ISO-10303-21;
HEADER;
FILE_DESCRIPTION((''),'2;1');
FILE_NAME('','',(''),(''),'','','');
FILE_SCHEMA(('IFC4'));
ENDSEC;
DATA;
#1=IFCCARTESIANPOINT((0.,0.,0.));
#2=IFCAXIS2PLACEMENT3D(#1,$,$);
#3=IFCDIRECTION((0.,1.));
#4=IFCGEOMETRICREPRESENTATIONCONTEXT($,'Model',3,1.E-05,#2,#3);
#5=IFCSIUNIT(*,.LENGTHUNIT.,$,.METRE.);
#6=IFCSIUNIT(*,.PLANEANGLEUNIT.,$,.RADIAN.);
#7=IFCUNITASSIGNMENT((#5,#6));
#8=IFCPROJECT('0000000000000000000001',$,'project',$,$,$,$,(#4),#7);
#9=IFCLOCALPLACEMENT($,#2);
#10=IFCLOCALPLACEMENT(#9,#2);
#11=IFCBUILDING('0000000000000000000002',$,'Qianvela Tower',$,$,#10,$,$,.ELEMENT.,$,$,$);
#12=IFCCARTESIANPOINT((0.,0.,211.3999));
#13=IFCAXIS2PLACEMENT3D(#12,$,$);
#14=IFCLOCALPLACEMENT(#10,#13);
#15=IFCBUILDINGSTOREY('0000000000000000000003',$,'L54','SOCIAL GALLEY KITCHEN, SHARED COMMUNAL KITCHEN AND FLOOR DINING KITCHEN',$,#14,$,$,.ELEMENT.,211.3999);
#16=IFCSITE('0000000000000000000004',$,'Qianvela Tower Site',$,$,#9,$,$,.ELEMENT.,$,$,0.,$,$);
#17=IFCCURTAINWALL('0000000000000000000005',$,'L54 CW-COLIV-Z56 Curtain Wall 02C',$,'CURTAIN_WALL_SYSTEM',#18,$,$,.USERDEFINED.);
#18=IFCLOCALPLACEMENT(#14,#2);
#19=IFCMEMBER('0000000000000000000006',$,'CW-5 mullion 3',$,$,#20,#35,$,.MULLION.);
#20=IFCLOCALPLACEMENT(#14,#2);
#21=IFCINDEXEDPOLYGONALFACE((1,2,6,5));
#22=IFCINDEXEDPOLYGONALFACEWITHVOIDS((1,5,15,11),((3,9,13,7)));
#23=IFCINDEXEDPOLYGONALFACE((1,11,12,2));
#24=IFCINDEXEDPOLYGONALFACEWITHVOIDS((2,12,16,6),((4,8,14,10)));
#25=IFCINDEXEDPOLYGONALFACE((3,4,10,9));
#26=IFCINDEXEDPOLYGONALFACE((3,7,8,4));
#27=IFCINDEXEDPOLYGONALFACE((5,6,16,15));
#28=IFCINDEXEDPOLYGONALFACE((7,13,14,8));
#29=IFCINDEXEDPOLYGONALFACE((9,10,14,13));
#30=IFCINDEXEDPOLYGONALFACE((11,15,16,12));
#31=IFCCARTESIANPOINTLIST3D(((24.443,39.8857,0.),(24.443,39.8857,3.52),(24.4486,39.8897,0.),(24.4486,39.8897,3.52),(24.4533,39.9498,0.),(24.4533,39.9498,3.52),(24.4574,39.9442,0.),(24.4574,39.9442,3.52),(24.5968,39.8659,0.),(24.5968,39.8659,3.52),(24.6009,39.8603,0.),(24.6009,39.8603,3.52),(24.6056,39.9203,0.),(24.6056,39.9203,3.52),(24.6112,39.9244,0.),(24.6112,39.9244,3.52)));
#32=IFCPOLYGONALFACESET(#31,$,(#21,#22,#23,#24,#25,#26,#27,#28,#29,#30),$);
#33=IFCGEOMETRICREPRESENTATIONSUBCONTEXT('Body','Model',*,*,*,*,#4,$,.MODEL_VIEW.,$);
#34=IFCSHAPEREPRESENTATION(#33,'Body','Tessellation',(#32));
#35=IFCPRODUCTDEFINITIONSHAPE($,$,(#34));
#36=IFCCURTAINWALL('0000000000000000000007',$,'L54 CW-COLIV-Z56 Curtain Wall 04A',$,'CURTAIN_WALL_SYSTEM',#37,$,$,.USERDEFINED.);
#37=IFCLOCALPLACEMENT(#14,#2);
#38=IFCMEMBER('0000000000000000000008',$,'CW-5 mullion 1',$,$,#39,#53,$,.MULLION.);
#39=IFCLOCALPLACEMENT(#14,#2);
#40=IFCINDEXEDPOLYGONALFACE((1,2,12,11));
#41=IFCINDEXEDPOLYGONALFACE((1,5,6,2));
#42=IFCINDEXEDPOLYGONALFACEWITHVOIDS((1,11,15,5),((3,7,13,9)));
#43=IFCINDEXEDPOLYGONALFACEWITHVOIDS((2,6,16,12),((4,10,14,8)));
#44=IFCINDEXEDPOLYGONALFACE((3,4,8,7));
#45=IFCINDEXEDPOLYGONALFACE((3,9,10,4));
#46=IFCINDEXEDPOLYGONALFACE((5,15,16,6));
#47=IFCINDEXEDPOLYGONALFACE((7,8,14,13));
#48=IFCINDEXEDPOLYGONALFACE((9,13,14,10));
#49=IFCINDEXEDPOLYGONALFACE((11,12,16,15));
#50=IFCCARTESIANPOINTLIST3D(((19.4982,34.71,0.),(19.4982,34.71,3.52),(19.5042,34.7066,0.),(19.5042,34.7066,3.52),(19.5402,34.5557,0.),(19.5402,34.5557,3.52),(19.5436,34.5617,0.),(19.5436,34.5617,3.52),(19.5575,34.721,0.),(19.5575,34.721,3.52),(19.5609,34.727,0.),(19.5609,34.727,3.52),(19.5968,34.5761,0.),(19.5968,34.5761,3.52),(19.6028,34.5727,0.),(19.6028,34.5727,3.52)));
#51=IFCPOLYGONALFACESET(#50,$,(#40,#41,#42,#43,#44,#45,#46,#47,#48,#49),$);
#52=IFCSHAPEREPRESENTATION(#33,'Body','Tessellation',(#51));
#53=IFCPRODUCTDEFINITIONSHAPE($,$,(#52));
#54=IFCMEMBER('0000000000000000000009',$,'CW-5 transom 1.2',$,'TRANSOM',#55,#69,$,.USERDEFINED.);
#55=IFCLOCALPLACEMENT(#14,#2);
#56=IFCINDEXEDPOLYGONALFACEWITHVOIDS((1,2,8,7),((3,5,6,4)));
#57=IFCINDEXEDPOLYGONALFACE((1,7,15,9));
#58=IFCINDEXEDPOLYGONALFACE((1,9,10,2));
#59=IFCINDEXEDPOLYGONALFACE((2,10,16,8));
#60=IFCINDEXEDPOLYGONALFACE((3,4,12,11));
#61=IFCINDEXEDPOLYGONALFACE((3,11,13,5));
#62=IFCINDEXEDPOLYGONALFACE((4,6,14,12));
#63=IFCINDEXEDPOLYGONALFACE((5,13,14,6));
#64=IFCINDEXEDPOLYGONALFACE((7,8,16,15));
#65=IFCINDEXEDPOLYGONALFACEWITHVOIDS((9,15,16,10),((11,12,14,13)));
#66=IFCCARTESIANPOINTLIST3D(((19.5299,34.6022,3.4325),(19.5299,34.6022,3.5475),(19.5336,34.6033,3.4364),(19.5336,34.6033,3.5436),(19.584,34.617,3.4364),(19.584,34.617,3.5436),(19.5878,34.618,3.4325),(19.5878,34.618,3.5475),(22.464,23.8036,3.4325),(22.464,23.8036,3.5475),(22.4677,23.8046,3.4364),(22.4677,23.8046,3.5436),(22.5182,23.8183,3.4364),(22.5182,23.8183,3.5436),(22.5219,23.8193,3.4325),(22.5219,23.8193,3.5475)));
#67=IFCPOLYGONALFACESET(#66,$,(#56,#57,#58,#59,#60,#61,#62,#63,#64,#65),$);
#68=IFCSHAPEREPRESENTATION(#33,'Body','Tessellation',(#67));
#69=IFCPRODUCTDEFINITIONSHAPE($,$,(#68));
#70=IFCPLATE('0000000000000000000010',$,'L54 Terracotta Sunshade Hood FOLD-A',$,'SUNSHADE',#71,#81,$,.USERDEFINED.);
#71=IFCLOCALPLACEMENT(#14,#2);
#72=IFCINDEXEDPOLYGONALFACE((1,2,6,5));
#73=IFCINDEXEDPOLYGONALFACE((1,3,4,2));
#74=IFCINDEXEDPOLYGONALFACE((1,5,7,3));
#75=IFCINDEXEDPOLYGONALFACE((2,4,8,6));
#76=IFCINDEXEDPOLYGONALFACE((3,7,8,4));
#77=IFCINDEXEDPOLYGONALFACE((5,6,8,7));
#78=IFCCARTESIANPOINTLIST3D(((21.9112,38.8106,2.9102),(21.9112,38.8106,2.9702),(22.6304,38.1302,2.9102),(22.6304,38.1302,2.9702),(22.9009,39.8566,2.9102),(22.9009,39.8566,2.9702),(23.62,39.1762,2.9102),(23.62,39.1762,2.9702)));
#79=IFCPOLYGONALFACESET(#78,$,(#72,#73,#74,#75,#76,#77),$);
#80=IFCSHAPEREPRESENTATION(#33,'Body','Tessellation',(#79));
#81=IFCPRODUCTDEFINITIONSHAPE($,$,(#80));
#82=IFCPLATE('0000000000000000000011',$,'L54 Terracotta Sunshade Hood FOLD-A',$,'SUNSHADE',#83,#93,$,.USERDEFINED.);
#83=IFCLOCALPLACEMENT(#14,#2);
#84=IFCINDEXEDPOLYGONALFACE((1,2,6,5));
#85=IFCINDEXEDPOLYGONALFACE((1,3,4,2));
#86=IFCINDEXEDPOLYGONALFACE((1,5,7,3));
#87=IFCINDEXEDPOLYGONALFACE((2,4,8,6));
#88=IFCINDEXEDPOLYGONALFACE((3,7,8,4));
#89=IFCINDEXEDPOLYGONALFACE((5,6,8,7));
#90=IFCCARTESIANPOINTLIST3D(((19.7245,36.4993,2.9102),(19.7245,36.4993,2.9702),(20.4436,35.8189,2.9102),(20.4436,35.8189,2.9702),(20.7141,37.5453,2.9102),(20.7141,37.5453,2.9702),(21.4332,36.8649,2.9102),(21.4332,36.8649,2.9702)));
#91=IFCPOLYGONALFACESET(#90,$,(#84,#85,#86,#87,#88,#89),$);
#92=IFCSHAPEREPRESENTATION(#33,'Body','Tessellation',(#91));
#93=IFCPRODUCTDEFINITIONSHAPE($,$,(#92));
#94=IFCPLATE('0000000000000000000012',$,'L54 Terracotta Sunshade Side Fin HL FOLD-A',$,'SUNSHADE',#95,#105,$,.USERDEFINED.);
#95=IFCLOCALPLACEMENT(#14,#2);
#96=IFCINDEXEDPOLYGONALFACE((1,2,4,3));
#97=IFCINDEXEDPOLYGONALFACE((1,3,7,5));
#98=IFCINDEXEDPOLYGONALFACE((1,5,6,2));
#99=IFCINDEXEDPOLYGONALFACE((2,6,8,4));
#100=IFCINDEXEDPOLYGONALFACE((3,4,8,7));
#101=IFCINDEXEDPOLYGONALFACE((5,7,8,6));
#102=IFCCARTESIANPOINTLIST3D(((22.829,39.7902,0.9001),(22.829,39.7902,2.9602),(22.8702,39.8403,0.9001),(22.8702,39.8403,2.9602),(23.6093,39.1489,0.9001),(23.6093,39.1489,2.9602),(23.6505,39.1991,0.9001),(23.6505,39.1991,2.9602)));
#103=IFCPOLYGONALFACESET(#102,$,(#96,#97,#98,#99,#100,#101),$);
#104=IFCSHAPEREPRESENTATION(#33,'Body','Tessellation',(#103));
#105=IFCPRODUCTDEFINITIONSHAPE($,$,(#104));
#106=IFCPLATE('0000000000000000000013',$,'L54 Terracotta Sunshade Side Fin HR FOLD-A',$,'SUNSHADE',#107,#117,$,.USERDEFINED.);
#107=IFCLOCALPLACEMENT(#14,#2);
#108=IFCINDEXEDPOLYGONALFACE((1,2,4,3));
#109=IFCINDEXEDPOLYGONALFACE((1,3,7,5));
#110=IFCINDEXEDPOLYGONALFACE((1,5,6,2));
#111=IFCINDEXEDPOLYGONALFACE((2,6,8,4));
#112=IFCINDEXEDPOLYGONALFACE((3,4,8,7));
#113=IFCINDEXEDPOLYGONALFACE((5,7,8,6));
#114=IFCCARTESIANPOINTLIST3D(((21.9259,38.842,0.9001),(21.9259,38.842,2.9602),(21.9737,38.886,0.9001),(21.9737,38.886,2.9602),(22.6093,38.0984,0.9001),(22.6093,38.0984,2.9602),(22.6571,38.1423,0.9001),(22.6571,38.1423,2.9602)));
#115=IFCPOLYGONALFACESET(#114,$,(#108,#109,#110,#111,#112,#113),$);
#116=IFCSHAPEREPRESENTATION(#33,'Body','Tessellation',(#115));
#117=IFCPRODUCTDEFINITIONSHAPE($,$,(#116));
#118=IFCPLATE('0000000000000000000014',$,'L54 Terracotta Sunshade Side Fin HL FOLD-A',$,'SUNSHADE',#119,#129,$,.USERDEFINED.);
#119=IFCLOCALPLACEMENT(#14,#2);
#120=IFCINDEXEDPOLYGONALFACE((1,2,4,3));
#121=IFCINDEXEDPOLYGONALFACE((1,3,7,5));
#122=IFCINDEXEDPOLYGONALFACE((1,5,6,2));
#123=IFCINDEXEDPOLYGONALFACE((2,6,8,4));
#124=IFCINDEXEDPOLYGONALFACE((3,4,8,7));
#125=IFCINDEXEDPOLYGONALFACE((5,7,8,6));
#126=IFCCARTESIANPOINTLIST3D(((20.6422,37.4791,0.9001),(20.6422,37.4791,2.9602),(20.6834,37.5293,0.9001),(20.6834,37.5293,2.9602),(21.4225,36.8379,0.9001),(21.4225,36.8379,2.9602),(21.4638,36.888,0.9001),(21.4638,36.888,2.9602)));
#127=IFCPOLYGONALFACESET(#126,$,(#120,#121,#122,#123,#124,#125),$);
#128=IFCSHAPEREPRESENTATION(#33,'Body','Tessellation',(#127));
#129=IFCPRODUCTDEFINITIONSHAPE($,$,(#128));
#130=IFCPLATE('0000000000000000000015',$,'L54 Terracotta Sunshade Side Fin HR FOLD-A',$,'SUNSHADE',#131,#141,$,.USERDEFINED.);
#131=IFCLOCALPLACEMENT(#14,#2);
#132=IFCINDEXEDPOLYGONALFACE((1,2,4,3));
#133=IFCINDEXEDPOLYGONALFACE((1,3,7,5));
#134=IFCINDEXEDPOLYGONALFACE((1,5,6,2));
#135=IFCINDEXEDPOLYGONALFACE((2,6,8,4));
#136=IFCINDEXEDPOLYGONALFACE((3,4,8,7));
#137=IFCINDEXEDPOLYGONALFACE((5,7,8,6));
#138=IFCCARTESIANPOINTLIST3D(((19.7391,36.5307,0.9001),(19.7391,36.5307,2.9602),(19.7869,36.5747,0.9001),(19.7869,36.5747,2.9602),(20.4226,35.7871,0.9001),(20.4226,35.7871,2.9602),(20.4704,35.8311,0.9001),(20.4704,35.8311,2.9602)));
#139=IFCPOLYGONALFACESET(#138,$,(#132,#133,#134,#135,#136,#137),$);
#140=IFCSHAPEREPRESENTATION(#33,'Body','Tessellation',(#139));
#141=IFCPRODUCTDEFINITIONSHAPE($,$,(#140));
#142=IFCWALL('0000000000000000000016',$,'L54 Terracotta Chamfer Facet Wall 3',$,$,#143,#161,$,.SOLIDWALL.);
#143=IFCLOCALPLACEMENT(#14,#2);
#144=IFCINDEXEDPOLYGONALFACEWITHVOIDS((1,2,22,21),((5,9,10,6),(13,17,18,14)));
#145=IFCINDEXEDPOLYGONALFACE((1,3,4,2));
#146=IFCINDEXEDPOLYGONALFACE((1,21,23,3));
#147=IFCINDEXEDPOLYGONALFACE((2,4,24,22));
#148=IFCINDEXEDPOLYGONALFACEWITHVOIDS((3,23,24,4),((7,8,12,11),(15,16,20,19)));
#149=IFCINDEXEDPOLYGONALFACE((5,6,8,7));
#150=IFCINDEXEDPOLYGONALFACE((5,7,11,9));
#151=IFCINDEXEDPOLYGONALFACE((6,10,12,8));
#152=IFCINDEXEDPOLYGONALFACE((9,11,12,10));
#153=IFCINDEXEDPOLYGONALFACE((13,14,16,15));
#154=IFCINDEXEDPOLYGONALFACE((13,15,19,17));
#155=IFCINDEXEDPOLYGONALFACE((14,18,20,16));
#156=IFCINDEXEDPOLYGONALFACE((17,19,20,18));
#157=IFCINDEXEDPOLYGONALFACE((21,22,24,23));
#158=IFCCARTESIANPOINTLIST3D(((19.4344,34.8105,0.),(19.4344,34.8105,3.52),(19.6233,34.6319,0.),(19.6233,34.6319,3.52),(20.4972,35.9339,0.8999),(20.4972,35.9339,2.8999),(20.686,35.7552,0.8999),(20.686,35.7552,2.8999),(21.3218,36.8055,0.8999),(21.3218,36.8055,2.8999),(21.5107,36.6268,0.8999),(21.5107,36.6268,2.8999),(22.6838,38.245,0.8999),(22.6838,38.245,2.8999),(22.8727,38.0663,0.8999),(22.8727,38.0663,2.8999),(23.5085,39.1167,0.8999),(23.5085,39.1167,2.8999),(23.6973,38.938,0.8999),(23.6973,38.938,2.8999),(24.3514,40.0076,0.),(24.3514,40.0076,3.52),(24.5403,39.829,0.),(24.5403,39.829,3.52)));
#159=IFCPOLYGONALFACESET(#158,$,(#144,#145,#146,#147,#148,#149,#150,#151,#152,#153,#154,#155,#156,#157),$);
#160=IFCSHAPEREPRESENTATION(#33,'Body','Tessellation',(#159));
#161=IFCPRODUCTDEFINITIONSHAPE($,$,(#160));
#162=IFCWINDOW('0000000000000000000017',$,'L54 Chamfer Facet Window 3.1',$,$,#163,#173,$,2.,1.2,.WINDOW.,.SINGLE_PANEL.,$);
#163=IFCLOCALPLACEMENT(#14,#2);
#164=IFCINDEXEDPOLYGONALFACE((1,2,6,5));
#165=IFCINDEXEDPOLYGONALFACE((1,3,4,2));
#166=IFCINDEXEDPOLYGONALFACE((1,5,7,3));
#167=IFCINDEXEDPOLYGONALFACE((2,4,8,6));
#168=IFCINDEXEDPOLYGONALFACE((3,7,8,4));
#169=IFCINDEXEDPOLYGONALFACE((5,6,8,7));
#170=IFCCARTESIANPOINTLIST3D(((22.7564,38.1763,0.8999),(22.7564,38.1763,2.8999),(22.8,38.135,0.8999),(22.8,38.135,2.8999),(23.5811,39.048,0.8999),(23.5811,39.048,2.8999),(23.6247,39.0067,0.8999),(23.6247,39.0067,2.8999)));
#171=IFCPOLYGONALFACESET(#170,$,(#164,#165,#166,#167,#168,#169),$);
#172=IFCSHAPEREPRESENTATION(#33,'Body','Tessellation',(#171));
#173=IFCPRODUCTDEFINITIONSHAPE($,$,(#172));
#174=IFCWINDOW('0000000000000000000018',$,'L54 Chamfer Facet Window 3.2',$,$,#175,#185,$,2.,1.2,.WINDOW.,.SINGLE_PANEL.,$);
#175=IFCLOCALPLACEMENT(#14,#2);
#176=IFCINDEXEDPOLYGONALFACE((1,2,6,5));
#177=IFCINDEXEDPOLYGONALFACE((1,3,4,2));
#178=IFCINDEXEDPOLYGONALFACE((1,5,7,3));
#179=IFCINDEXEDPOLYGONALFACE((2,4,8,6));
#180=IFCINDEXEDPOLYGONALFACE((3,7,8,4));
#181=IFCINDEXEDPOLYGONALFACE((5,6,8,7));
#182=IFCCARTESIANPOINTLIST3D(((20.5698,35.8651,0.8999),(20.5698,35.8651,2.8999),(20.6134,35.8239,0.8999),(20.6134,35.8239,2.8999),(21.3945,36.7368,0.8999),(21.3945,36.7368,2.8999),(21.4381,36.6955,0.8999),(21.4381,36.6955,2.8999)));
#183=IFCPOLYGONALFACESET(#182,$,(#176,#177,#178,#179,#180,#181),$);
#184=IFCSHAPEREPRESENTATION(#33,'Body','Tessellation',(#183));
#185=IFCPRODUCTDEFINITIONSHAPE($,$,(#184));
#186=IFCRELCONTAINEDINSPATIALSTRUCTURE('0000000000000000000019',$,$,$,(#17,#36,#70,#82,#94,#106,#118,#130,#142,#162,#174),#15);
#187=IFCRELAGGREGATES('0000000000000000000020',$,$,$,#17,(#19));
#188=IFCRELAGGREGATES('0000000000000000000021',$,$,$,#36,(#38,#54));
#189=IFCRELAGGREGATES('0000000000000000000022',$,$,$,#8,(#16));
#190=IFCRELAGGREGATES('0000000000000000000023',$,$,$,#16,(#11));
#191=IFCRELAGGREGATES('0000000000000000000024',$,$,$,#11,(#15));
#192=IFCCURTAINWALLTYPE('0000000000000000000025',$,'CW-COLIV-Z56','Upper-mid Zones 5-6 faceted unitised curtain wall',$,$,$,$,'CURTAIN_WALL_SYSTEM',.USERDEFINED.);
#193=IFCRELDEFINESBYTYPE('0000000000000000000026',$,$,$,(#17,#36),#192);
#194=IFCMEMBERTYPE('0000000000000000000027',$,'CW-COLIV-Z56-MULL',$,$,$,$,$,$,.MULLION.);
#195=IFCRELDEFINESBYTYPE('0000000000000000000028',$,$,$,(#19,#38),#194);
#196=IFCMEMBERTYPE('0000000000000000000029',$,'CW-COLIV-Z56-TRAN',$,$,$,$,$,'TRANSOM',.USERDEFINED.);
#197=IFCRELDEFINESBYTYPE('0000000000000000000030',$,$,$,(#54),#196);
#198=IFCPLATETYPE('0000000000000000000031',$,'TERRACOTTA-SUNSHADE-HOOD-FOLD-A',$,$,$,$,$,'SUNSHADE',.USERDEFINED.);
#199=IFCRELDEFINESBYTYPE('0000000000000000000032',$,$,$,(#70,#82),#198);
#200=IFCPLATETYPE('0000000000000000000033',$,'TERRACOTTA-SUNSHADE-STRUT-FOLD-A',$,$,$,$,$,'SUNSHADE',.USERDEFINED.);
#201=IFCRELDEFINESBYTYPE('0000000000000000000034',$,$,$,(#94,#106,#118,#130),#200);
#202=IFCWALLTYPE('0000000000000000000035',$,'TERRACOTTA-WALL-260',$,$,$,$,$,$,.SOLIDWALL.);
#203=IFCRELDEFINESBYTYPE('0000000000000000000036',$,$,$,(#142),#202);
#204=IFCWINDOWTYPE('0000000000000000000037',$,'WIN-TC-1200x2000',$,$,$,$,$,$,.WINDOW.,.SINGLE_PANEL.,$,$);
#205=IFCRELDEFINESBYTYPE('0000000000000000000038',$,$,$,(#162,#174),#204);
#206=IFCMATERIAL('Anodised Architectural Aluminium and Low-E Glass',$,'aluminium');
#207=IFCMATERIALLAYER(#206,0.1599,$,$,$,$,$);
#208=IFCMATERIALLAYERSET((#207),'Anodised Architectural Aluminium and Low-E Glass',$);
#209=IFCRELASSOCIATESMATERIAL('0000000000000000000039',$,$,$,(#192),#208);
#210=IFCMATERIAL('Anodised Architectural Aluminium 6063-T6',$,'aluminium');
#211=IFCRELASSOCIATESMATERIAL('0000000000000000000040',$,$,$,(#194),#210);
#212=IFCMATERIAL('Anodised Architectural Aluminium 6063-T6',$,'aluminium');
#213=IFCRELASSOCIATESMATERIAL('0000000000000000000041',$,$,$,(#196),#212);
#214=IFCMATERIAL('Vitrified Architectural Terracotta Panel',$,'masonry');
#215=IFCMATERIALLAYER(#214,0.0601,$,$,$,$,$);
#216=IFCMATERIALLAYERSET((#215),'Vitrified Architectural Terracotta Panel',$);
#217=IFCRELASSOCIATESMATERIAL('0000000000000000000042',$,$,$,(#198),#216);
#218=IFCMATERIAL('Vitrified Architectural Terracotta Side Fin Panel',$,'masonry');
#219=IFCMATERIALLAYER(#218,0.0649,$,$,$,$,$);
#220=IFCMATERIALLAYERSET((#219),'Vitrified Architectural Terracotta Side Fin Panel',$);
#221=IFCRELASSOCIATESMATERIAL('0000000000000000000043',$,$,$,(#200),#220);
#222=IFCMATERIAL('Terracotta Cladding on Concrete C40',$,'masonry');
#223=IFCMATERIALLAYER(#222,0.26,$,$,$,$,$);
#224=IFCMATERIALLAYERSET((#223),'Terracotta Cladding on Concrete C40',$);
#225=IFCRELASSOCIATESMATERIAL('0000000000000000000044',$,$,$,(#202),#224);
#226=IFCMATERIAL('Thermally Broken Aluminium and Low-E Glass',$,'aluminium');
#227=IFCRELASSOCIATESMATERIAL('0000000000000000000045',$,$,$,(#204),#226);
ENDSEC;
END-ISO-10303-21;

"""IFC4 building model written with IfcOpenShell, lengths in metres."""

from ifc_helpers import new_model, si_unit, direction, frame, frame_2d, origin, origin_2d, place, context, subcontext, project, spatial, rectangle, hollow_rectangle, extrude, material, layer, layer_set, material_profile, profile_set, type_object, element, fill, aggregate, save


model = new_model("IFC4")

# Units and contexts
model_context = context("Model", 3, precision=1e-05, world=origin(), true_north=direction((0.0, 1.0)))
body_context = subcontext(model_context, "Body", "Model", "MODEL_VIEW")
ifc_project = project(units=[si_unit("LENGTHUNIT", "METRE"), si_unit("PLANEANGLEUNIT", "RADIAN")], contexts=[model_context])

# Site, building, storey
site_placement = place(None, origin())
site = spatial("IfcSite", under=ifc_project, at=site_placement, Name="Qianvela Tower Site", CompositionType="ELEMENT", RefElevation=0.0)
building_placement = place(site_placement, origin())
building = spatial("IfcBuilding", under=site, at=building_placement, Name="Qianvela Tower", CompositionType="ELEMENT")
storey_placement = place(building_placement, frame((0.0, 0.0, 211.3999)))
storey = spatial("IfcBuildingStorey", under=building, at=storey_placement, Name="L54", Description="SOCIAL GALLEY KITCHEN, SHARED COMMUNAL KITCHEN AND FLOOR DINING KITCHEN", CompositionType="ELEMENT", Elevation=211.3999)

# Curtain wall, member
ifc_material_1 = material(Name="Anodised Architectural Aluminium and Low-E Glass", Category="aluminium")
ifc_layer_1 = layer(ifc_material_1, 0.1599)
ifc_layer_set_1 = layer_set([ifc_layer_1], Name="Anodised Architectural Aluminium and Low-E Glass")
curtain_wall_type = type_object("IfcCurtainWallType", Name="CW-COLIV-Z56", Description="Upper-mid Zones 5-6 faceted unitised curtain wall", ElementType="CURTAIN_WALL_SYSTEM", PredefinedType="USERDEFINED", material=ifc_layer_set_1)
curtain_wall_1_placement = place(storey_placement, origin())
curtain_wall_1 = element("IfcCurtainWall", 1, at=curtain_wall_1_placement, inside=storey, type_object=curtain_wall_type, Name="L54 CW-COLIV-Z56 Curtain Wall 02C", ObjectType="CURTAIN_WALL_SYSTEM", PredefinedType="USERDEFINED")
ifc_material_2 = material(Name="Anodised Architectural Aluminium 6063-T6", Category="aluminium")
ifc_material_profile_1 = material_profile(ifc_material_2, hollow_rectangle(XDim=0.0649, YDim=0.1599, WallThickness=0.0049, at=origin_2d()), Name="ALU-MULL-65x160")
ifc_profile_set_1 = profile_set([ifc_material_profile_1], Name="Anodised Architectural Aluminium 6063-T6")
member_type_1 = type_object("IfcMemberType", Name="CW-COLIV-Z56-MULL", PredefinedType="MULLION", material=ifc_profile_set_1)
member_1_placement = place(storey_placement, frame((24.5271, 39.905, 0.0), z_axis=(0.0, 0.0, 1.0), x_axis=(-0.159068, -0.987268, 0.0)))
member_1 = element("IfcMember", 2, at=member_1_placement, type_object=member_type_1, Name="CW-5 mullion 3", PredefinedType="MULLION", context=body_context, shape_type="SweptSolid", body=[
    extrude(hollow_rectangle(XDim=0.0649, YDim=0.1599, WallThickness=0.0049, at=origin_2d()), origin(), (0.0, 0.0, 1.0), 3.52),
])
aggregate(curtain_wall_1, [member_1])

# Curtain wall, members
curtain_wall_2_placement = place(storey_placement, origin())
curtain_wall_2 = element("IfcCurtainWall", 3, at=curtain_wall_2_placement, inside=storey, type_object=curtain_wall_type, Name="L54 CW-COLIV-Z56 Curtain Wall 04A", ObjectType="CURTAIN_WALL_SYSTEM", PredefinedType="USERDEFINED")
member_2_placement = place(storey_placement, frame((19.5505, 34.6414, 0.0), z_axis=(0.0, 0.0, 1.0), x_axis=(0.965016, 0.262193, 0.0)))
member_2 = element("IfcMember", 4, at=member_2_placement, type_object=member_type_1, Name="CW-5 mullion 1", PredefinedType="MULLION", context=body_context, shape_type="SweptSolid", body=[
    extrude(hollow_rectangle(XDim=0.0649, YDim=0.1599, WallThickness=0.0049, at=origin_2d()), origin(), (0.0, 0.0, 1.0), 3.52),
])
ifc_material_3 = material(Name="Anodised Architectural Aluminium 6063-T6", Category="aluminium")
ifc_material_profile_2 = material_profile(ifc_material_3, hollow_rectangle(XDim=0.0601, YDim=0.115, WallThickness=0.0039, at=origin_2d()), Name="ALU-TRAN-60x115")
ifc_profile_set_2 = profile_set([ifc_material_profile_2], Name="Anodised Architectural Aluminium 6063-T6")
member_type_2 = type_object("IfcMemberType", Name="CW-COLIV-Z56-TRAN", ElementType="TRANSOM", PredefinedType="USERDEFINED", material=ifc_profile_set_2)
member_3_placement = place(storey_placement, frame((19.5588, 34.6101, 3.49), z_axis=(0.262203, -0.965013, 0.0), x_axis=(0.965013, 0.262203, 0.0)))
member_3 = element("IfcMember", 5, at=member_3_placement, type_object=member_type_2, Name="CW-5 transom 1.2", ObjectType="TRANSOM", PredefinedType="USERDEFINED", context=body_context, shape_type="SweptSolid", body=[
    extrude(hollow_rectangle(XDim=0.0601, YDim=0.115, WallThickness=0.0039, at=origin_2d()), origin(), (0.0, 0.0, 1.0), 11.1902),
])
aggregate(curtain_wall_2, [member_2, member_3])

# Plates
ifc_material_4 = material(Name="Vitrified Architectural Terracotta Panel", Category="masonry")
ifc_layer_2 = layer(ifc_material_4, 0.0601)
ifc_layer_set_2 = layer_set([ifc_layer_2], Name="Vitrified Architectural Terracotta Panel")
plate_type_1 = type_object("IfcPlateType", Name="TERRACOTTA-SUNSHADE-HOOD-FOLD-A", ElementType="SUNSHADE", PredefinedType="USERDEFINED", material=ifc_layer_set_2)
for number, where, z_axis, x_axis, name in (
    (6, (22.7656, 38.9934, 2.9102), (0.0, 0.0, 1.0), (-0.68726, -0.726412, 0.0), "L54 Terracotta Sunshade Hood FOLD-A"),
    (7, (20.5789, 36.6821, 2.9102), (0.0, 0.0, 1.0), (-0.68726, -0.726412, 0.0), "L54 Terracotta Sunshade Hood FOLD-A"),
):
    element("IfcPlate", number, at=place(storey_placement, frame(where, z_axis=z_axis, x_axis=x_axis)), inside=storey, type_object=plate_type_1, Name=name, ObjectType="SUNSHADE", PredefinedType="USERDEFINED", context=body_context, shape_type="SweptSolid", body=[
        extrude(rectangle(XDim=1.4399, YDim=0.99, at=origin_2d()), origin(), (0.0, 0.0, 1.0), 0.0601),
    ])
ifc_material_5 = material(Name="Vitrified Architectural Terracotta Side Fin Panel", Category="masonry")
ifc_layer_3 = layer(ifc_material_5, 0.0649)
ifc_layer_set_3 = layer_set([ifc_layer_3], Name="Vitrified Architectural Terracotta Side Fin Panel")
plate_type_2 = type_object("IfcPlateType", Name="TERRACOTTA-SUNSHADE-STRUT-FOLD-A", ElementType="SUNSHADE", PredefinedType="USERDEFINED", material=ifc_layer_set_3)
for number, where, z_axis, x_axis, name in (
    (8, (23.2397, 39.4946, 0.9001), (0.0, 0.0, 1.0), (-0.634914, -0.772583, 0.0), "L54 Terracotta Sunshade Side Fin HL FOLD-A"),
    (9, (22.2915, 38.4922, 0.9001), (0.0, 0.0, 1.0), (-0.736258, -0.676701, 0.0), "L54 Terracotta Sunshade Side Fin HR FOLD-A"),
    (10, (21.053, 37.1836, 0.9001), (0.0, 0.0, 1.0), (-0.634914, -0.772583, 0.0), "L54 Terracotta Sunshade Side Fin HL FOLD-A"),
    (11, (20.1047, 36.1809, 0.9001), (0.0, 0.0, 1.0), (-0.736258, -0.676701, 0.0), "L54 Terracotta Sunshade Side Fin HR FOLD-A"),
):
    element("IfcPlate", number, at=place(storey_placement, frame(where, z_axis=z_axis, x_axis=x_axis)), inside=storey, type_object=plate_type_2, Name=name, ObjectType="SUNSHADE", PredefinedType="USERDEFINED", context=body_context, shape_type="SweptSolid", body=[
        extrude(rectangle(XDim=0.0649, YDim=1.01, at=origin_2d()), origin(), (0.0, 0.0, 1.0), 2.0601),
    ])

# Wall, openings, windows
ifc_material_6 = material(Name="Terracotta Cladding on Concrete C40", Category="masonry")
ifc_layer_4 = layer(ifc_material_6, 0.26)
ifc_layer_set_4 = layer_set([ifc_layer_4], Name="Terracotta Cladding on Concrete C40")
wall_type_1 = type_object("IfcWallType", Name="TERRACOTTA-WALL-260", PredefinedType="SOLIDWALL", material=ifc_layer_set_4)
wall_1_placement = place(storey_placement, frame((24.4458, 39.9182, 0.0), z_axis=(0.0, 0.0, 1.0), x_axis=(-0.687266, -0.726406, 0.0)))
wall_1 = element("IfcWall", 12, at=wall_1_placement, inside=storey, type_object=wall_type_1, Name="L54 Terracotta Chamfer Facet Wall 3", PredefinedType="SOLIDWALL", context=body_context, shape_type="SweptSolid", body=[
    extrude(rectangle(XDim=7.1545, YDim=0.26, at=frame_2d((3.5771, 0.0))), origin(), (0.0, 0.0, 1.0), 3.52),
])
opening_1_placement = place(wall_1_placement, frame((1.2263, 0.0, 0.8999)))
opening_1 = element("IfcOpeningElement", 13, at=opening_1_placement, cuts=wall_1, PredefinedType="OPENING", context=body_context, shape_type="SweptSolid", body=[
    extrude(rectangle(XDim=1.2, YDim=2.0, at=frame_2d((0.6001, 1.0))), frame((0.0, 0.1399, 0.0), z_axis=(0.0, -1.0, 0.0), x_axis=(1.0, 0.0, 0.0)), (0.0, 0.0, 1.0), 0.28),
])
opening_2_placement = place(wall_1_placement, frame((4.408, 0.0, 0.8999)))
opening_2 = element("IfcOpeningElement", 14, at=opening_2_placement, cuts=wall_1, PredefinedType="OPENING", context=body_context, shape_type="SweptSolid", body=[
    extrude(rectangle(XDim=1.2, YDim=2.0, at=frame_2d((0.6001, 1.0))), frame((0.0, 0.1399, 0.0), z_axis=(0.0, -1.0, 0.0), x_axis=(1.0, 0.0, 0.0)), (0.0, 0.0, 1.0), 0.28),
])
ifc_material_7 = material(Name="Thermally Broken Aluminium and Low-E Glass", Category="aluminium")
window_type = type_object("IfcWindowType", Name="WIN-TC-1200x2000", PartitioningType="SINGLE_PANEL", PredefinedType="WINDOW", material=ifc_material_7)
window_1_placement = place(opening_1_placement, origin())
window_1 = element("IfcWindow", 15, at=window_1_placement, inside=storey, type_object=window_type, Name="L54 Chamfer Facet Window 3.1", OverallHeight=2.0, OverallWidth=1.2, PartitioningType="SINGLE_PANEL", PredefinedType="WINDOW", context=body_context, shape_type="SweptSolid", body=[
    extrude(rectangle(XDim=1.2, YDim=2.0, at=frame_2d((0.6001, 1.0))), frame((0.0, 0.03, 0.0), z_axis=(0.0, -1.0, 0.0), x_axis=(1.0, 0.0, 0.0)), (0.0, 0.0, 1.0), 0.0601),
])
fill(opening_1, window_1)
window_2_placement = place(opening_2_placement, origin())
window_2 = element("IfcWindow", 16, at=window_2_placement, inside=storey, type_object=window_type, Name="L54 Chamfer Facet Window 3.2", OverallHeight=2.0, OverallWidth=1.2, PartitioningType="SINGLE_PANEL", PredefinedType="WINDOW", context=body_context, shape_type="SweptSolid", body=[
    extrude(rectangle(XDim=1.2, YDim=2.0, at=frame_2d((0.6001, 1.0))), frame((0.0, 0.03, 0.0), z_axis=(0.0, -1.0, 0.0), x_axis=(1.0, 0.0, 0.0)), (0.0, 0.0, 1.0), 0.0601),
])
fill(opening_2, window_2)

save(model, "model.ifc")
